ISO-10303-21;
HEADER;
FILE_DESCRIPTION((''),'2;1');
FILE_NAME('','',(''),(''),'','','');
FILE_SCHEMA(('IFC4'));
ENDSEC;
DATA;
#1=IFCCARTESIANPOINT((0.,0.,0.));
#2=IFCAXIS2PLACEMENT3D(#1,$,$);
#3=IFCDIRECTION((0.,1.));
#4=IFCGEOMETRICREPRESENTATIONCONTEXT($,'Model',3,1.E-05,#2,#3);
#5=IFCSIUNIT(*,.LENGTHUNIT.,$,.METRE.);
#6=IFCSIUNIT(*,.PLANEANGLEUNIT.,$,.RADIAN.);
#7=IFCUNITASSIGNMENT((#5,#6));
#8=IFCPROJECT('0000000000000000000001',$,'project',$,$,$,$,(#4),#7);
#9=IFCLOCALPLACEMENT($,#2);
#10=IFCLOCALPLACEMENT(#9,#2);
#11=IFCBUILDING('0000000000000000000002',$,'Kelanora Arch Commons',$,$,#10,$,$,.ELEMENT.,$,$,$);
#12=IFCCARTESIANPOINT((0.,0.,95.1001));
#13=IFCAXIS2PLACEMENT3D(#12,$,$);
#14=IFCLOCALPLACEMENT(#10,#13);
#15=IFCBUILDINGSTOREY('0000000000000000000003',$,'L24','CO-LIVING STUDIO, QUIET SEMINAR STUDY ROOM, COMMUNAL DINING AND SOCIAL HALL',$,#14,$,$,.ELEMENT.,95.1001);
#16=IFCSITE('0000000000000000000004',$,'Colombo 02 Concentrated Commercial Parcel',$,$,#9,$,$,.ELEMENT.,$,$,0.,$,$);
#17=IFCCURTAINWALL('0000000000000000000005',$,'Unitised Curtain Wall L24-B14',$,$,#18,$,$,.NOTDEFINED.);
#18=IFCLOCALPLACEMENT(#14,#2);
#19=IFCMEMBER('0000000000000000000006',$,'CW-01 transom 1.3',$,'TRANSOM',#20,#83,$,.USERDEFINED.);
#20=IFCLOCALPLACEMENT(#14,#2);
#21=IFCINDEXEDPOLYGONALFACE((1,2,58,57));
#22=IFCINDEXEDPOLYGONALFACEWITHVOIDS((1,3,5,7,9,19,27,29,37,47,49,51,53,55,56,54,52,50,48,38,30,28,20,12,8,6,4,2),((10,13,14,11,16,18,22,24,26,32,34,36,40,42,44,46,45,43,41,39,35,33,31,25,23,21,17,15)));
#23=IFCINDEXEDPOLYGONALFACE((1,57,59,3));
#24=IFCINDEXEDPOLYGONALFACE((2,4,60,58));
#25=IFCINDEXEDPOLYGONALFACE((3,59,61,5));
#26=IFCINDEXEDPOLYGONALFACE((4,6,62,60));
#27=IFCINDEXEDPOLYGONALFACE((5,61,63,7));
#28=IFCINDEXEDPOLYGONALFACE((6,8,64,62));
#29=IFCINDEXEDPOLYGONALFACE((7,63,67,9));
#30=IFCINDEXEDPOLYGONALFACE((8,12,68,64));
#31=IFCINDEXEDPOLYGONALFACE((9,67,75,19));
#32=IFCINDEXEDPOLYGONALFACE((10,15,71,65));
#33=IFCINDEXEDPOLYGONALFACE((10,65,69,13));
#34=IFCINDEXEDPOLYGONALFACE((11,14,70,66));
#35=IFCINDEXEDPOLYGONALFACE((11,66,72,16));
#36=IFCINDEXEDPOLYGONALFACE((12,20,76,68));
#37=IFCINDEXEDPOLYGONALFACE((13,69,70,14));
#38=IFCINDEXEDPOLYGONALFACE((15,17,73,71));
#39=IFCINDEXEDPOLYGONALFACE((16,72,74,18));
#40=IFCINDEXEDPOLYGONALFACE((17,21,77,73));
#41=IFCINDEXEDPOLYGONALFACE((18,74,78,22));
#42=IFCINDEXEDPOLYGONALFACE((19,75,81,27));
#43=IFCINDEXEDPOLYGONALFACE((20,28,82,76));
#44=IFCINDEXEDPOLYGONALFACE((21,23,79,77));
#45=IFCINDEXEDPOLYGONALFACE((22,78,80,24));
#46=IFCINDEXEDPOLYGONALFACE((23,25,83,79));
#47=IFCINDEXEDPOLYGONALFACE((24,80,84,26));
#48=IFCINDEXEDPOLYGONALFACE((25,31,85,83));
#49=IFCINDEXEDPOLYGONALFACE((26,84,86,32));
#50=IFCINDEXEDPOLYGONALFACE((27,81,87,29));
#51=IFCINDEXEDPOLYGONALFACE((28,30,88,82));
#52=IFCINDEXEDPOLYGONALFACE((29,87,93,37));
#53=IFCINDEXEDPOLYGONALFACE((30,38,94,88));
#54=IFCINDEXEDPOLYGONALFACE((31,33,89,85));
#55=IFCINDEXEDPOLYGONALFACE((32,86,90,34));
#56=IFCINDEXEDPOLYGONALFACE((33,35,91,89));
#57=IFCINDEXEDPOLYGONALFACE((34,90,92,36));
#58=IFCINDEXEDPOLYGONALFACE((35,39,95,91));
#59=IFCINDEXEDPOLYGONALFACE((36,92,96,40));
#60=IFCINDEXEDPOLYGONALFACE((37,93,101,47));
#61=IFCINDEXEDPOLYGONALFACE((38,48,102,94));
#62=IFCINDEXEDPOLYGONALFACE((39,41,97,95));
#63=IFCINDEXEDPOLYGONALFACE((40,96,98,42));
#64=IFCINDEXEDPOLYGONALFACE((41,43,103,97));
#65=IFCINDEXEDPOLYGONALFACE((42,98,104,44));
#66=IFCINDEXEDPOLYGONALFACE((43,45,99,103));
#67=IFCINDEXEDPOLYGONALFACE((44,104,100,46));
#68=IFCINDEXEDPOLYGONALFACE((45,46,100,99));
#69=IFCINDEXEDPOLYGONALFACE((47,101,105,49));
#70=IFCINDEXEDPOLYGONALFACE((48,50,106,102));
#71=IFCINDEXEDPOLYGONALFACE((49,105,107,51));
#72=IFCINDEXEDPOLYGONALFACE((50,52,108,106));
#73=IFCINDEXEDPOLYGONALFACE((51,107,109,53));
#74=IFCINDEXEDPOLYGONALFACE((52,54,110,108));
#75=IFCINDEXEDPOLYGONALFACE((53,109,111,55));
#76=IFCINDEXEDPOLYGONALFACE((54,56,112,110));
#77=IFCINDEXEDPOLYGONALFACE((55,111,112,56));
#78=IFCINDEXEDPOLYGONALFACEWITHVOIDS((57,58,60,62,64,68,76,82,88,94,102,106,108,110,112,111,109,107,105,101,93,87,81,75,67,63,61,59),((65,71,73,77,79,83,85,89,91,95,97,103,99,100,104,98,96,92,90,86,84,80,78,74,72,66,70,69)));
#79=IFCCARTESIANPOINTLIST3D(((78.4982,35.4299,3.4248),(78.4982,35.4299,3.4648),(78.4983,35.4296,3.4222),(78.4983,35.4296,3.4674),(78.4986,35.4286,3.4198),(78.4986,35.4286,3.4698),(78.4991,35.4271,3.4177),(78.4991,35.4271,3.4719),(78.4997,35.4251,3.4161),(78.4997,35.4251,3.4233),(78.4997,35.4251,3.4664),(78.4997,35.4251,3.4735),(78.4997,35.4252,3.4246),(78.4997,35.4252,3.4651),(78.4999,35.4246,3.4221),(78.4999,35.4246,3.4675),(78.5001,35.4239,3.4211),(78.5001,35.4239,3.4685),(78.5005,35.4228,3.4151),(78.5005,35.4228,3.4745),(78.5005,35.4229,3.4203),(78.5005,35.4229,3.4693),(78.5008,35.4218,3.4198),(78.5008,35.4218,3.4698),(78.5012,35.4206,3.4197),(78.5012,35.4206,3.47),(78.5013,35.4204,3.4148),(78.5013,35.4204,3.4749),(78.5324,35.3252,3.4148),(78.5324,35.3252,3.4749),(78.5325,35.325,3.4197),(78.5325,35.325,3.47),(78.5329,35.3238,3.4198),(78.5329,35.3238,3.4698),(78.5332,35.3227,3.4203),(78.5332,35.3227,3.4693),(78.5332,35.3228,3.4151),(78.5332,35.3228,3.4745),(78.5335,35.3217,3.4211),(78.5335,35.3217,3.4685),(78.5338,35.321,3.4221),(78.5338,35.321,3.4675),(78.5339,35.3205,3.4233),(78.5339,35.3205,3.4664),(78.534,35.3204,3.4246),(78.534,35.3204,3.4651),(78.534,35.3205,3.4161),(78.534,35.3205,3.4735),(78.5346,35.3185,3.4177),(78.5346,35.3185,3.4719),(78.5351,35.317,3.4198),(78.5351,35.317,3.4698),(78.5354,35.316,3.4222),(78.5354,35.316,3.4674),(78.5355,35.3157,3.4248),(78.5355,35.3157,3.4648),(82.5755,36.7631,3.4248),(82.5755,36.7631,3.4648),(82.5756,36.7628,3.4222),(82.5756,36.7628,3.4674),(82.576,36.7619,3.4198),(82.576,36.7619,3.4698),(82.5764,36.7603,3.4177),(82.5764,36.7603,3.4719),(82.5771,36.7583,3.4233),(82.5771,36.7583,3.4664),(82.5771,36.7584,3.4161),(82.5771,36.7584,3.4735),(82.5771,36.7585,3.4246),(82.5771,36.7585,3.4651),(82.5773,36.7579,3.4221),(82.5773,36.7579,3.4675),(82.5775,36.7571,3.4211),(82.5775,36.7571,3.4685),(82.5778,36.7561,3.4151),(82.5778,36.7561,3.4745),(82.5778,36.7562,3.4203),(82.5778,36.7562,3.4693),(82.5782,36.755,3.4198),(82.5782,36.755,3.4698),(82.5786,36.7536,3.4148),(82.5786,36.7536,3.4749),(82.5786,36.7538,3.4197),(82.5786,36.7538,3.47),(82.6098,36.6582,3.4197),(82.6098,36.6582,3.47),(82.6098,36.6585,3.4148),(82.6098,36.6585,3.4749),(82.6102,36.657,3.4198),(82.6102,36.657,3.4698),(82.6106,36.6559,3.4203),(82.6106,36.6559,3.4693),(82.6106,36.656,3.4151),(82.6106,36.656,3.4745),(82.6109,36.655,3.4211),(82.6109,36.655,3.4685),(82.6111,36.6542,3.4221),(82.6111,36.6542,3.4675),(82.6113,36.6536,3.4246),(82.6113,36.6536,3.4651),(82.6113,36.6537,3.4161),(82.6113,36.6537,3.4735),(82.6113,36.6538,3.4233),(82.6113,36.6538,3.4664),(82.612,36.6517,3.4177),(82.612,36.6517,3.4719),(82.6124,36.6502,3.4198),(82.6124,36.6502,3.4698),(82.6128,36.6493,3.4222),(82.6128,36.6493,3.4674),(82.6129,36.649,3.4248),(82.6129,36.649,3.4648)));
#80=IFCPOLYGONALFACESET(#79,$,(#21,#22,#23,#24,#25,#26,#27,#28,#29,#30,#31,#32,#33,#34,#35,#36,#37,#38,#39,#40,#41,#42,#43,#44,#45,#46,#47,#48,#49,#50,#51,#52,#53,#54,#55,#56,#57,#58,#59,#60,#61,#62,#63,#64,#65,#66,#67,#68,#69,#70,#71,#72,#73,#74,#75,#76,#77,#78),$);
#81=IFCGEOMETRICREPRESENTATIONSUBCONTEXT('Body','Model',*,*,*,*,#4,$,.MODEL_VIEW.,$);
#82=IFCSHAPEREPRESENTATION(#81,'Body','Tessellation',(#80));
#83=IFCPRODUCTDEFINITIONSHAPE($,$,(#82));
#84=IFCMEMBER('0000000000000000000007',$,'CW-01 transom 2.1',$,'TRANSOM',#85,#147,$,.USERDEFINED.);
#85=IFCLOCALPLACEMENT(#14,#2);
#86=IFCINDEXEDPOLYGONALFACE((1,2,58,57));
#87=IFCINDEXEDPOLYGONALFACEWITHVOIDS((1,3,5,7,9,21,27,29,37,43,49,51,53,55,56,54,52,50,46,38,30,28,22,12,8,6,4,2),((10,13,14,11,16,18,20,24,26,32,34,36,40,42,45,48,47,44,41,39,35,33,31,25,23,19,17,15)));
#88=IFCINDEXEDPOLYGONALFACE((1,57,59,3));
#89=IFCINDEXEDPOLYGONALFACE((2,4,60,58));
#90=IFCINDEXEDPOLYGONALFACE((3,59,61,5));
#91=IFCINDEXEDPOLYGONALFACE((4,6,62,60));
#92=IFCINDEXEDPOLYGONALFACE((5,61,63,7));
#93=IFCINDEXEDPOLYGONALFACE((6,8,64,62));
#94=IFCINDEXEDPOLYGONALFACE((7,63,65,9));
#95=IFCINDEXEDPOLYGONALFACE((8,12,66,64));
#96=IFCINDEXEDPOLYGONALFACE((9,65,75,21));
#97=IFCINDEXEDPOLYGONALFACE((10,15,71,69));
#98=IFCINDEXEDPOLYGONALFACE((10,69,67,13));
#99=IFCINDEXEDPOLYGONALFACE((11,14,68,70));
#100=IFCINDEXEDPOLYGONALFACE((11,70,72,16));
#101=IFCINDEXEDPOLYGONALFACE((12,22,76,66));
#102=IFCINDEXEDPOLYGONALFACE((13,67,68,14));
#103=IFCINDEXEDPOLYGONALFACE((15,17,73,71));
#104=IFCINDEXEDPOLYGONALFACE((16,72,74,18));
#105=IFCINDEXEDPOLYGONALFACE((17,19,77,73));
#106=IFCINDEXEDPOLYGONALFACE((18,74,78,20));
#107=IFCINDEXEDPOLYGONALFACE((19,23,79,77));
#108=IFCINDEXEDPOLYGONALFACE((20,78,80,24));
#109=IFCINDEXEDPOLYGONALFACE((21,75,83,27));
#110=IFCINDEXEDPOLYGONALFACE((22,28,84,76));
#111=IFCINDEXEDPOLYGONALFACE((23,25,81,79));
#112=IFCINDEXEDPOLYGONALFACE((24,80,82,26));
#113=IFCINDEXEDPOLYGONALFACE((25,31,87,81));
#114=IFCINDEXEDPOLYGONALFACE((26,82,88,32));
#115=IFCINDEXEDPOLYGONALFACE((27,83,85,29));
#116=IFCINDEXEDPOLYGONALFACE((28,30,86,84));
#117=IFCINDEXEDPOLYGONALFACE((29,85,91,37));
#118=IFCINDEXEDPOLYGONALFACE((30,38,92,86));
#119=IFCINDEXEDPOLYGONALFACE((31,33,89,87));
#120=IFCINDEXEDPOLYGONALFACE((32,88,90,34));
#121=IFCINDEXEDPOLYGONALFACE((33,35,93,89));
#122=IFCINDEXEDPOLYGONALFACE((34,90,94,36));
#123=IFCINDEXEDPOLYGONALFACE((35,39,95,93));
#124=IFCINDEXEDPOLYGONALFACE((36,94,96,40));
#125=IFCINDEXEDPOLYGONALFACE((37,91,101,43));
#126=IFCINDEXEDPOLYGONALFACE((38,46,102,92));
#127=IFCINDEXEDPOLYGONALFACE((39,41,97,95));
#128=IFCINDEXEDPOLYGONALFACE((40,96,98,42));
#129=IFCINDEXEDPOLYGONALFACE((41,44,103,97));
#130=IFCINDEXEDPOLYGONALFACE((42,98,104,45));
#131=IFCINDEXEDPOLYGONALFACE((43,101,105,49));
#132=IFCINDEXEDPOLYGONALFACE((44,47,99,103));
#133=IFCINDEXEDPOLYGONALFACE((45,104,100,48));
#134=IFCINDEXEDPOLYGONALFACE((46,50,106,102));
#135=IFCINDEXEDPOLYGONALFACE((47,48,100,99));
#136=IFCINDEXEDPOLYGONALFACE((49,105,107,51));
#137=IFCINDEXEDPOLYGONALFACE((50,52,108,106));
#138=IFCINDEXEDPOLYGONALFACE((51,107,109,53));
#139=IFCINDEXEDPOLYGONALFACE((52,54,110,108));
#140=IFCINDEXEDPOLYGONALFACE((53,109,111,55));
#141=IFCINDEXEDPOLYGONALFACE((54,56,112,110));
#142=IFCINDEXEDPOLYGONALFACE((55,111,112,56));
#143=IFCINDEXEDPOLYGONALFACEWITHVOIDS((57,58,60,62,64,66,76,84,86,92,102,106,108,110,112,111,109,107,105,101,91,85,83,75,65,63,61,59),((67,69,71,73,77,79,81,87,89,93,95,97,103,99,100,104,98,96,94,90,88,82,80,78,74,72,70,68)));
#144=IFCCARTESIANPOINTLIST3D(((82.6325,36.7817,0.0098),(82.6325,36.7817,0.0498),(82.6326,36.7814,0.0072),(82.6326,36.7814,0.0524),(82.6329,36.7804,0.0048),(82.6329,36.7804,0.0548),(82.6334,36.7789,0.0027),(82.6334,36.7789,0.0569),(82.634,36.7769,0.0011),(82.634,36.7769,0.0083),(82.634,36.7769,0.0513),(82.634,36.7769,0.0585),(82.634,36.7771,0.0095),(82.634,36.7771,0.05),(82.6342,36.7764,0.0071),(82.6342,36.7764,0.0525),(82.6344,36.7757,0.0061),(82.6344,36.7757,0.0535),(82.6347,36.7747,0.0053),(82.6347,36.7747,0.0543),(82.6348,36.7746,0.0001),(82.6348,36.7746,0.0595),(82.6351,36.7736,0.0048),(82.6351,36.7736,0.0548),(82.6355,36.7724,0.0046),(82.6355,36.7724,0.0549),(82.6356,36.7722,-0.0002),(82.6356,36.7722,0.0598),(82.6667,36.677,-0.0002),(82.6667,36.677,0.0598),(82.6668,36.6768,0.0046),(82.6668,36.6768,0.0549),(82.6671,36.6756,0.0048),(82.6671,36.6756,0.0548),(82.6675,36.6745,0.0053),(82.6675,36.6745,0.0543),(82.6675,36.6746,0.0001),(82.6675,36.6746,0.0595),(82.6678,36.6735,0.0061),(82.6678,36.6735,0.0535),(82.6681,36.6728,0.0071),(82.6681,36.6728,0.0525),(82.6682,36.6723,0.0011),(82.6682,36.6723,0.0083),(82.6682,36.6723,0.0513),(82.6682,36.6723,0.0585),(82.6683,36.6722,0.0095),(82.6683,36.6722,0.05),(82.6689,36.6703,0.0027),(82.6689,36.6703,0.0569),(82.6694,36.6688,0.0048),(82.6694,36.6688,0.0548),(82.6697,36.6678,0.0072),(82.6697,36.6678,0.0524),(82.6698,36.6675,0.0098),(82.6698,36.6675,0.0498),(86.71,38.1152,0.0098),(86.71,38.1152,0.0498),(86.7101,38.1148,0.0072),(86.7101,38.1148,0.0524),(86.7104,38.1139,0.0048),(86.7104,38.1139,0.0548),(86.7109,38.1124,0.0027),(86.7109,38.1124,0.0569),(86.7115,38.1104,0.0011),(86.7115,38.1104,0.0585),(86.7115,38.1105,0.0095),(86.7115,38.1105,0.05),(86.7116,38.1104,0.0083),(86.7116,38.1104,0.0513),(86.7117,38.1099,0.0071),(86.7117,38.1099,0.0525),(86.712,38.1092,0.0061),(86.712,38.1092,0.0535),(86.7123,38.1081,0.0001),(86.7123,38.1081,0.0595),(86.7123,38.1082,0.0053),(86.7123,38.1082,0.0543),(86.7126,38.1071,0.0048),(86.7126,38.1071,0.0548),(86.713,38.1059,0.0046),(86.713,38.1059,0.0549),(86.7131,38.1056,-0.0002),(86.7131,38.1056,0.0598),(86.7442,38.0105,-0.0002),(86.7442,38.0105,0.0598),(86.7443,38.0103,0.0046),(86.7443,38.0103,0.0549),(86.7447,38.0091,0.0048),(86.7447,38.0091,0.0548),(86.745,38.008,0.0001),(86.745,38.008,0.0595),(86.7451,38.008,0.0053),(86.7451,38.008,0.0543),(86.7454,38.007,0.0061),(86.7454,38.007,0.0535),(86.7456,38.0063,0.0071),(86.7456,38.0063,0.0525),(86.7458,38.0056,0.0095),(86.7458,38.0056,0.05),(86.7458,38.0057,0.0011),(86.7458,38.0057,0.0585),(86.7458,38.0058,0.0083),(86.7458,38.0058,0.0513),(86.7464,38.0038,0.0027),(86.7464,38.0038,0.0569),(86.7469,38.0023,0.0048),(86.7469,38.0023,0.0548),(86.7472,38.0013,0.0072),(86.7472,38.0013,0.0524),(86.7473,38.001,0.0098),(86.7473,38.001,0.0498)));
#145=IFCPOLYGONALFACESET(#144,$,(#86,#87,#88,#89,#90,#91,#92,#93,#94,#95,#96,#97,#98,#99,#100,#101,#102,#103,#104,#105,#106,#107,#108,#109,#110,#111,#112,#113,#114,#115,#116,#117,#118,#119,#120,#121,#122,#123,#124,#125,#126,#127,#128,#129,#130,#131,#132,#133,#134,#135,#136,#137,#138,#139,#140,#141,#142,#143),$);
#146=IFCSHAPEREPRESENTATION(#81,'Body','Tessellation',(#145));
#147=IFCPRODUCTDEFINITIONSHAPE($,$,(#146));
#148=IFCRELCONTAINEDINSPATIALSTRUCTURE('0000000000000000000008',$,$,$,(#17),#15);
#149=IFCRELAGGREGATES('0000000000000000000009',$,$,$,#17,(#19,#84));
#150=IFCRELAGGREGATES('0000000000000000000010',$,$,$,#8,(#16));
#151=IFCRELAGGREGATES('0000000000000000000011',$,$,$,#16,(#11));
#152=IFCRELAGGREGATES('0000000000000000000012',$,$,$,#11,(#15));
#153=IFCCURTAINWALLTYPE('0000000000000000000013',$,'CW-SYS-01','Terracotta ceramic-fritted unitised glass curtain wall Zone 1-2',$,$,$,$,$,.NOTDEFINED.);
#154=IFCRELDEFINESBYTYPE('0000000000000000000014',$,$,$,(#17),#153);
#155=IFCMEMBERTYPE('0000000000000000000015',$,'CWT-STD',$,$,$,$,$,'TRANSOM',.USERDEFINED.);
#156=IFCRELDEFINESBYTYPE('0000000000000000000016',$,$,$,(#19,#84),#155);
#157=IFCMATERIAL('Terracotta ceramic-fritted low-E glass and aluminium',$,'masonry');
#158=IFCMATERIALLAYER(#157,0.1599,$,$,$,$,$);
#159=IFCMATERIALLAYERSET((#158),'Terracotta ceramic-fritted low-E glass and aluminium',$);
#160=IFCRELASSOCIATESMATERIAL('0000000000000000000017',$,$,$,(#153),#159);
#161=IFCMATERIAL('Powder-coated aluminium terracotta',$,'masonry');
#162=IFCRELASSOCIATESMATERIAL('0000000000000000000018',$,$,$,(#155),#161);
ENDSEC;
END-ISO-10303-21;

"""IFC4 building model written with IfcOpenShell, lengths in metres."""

from ifc_helpers import new_model, si_unit, direction, frame, origin, origin_2d, place, context, subcontext, project, spatial, hollow_rectangle, extrude, material, layer, layer_set, material_profile, profile_set, type_object, element, aggregate, save


model = new_model("IFC4")

# Units and contexts
model_context = context("Model", 3, precision=1e-05, world=origin(), true_north=direction((0.0, 1.0)))
body_context = subcontext(model_context, "Body", "Model", "MODEL_VIEW")
ifc_project = project(units=[si_unit("LENGTHUNIT", "METRE"), si_unit("PLANEANGLEUNIT", "RADIAN")], contexts=[model_context])

# Site, building, storey
site_placement = place(None, origin())
site = spatial("IfcSite", under=ifc_project, at=site_placement, Name="Colombo 02 Concentrated Commercial Parcel", CompositionType="ELEMENT", RefElevation=0.0)
building_placement = place(site_placement, origin())
building = spatial("IfcBuilding", under=site, at=building_placement, Name="Kelanora Arch Commons", CompositionType="ELEMENT")
storey_placement = place(building_placement, frame((0.0, 0.0, 95.1001)))
storey = spatial("IfcBuildingStorey", under=building, at=storey_placement, Name="L24", Description="CO-LIVING STUDIO, QUIET SEMINAR STUDY ROOM, COMMUNAL DINING AND SOCIAL HALL", CompositionType="ELEMENT", Elevation=95.1001)

# Curtain wall, members
ifc_material_1 = material(Name="Terracotta ceramic-fritted low-E glass and aluminium", Category="masonry")
ifc_layer_1 = layer(ifc_material_1, 0.1599)
ifc_layer_set_1 = layer_set([ifc_layer_1], Name="Terracotta ceramic-fritted low-E glass and aluminium")
curtain_wall_type = type_object("IfcCurtainWallType", Name="CW-SYS-01", Description="Terracotta ceramic-fritted unitised glass curtain wall Zone 1-2", PredefinedType="NOTDEFINED", material=ifc_layer_set_1)
curtain_wall_placement = place(storey_placement, origin())
curtain_wall = element("IfcCurtainWall", 1, at=curtain_wall_placement, inside=storey, type_object=curtain_wall_type, Name="Unitised Curtain Wall L24-B14", PredefinedType="NOTDEFINED")
ifc_material_2 = material(Name="Powder-coated aluminium terracotta", Category="masonry")
ifc_material_profile_1 = material_profile(ifc_material_2, hollow_rectangle(XDim=0.1201, YDim=0.0601, WallThickness=0.0049, InnerFilletRadius=0.0049, OuterFilletRadius=0.01, at=origin_2d()), Name="CWT120x60")
ifc_profile_set_1 = profile_set([ifc_material_profile_1], Name="Powder-coated aluminium terracotta")
member_type_1 = type_object("IfcMemberType", Name="CWT-STD", ElementType="TRANSOM", PredefinedType="USERDEFINED", material=ifc_profile_set_1)
member_1_placement = place(storey_placement, frame((78.5168, 35.3728, 3.4448), z_axis=(0.950478, 0.310793, 0.0), x_axis=(-0.310793, 0.950478, 0.0)))
member_1 = element("IfcMember", 2, at=member_1_placement, type_object=member_type_1, Name="CW-01 transom 1.3", ObjectType="TRANSOM", PredefinedType="USERDEFINED", context=body_context, shape_type="SweptSolid", body=[
    extrude(hollow_rectangle(XDim=0.1201, YDim=0.0601, WallThickness=0.0049, InnerFilletRadius=0.0049, OuterFilletRadius=0.01, at=origin_2d()), origin(), (0.0, 0.0, 1.0), 4.2898),
])
member_2_placement = place(storey_placement, frame((82.6511, 36.7246, 0.0298), z_axis=(0.950466, 0.310828, 0.0), x_axis=(-0.310828, 0.950466, 0.0)))
member_2 = element("IfcMember", 3, at=member_2_placement, type_object=member_type_1, Name="CW-01 transom 2.1", ObjectType="TRANSOM", PredefinedType="USERDEFINED", context=body_context, shape_type="SweptSolid", body=[
    extrude(hollow_rectangle(XDim=0.1201, YDim=0.0601, WallThickness=0.0049, InnerFilletRadius=0.0049, OuterFilletRadius=0.01, at=origin_2d()), origin(), (0.0, 0.0, 1.0), 4.29),
])
aggregate(curtain_wall, [member_1, member_2])

save(model, "model.ifc")
